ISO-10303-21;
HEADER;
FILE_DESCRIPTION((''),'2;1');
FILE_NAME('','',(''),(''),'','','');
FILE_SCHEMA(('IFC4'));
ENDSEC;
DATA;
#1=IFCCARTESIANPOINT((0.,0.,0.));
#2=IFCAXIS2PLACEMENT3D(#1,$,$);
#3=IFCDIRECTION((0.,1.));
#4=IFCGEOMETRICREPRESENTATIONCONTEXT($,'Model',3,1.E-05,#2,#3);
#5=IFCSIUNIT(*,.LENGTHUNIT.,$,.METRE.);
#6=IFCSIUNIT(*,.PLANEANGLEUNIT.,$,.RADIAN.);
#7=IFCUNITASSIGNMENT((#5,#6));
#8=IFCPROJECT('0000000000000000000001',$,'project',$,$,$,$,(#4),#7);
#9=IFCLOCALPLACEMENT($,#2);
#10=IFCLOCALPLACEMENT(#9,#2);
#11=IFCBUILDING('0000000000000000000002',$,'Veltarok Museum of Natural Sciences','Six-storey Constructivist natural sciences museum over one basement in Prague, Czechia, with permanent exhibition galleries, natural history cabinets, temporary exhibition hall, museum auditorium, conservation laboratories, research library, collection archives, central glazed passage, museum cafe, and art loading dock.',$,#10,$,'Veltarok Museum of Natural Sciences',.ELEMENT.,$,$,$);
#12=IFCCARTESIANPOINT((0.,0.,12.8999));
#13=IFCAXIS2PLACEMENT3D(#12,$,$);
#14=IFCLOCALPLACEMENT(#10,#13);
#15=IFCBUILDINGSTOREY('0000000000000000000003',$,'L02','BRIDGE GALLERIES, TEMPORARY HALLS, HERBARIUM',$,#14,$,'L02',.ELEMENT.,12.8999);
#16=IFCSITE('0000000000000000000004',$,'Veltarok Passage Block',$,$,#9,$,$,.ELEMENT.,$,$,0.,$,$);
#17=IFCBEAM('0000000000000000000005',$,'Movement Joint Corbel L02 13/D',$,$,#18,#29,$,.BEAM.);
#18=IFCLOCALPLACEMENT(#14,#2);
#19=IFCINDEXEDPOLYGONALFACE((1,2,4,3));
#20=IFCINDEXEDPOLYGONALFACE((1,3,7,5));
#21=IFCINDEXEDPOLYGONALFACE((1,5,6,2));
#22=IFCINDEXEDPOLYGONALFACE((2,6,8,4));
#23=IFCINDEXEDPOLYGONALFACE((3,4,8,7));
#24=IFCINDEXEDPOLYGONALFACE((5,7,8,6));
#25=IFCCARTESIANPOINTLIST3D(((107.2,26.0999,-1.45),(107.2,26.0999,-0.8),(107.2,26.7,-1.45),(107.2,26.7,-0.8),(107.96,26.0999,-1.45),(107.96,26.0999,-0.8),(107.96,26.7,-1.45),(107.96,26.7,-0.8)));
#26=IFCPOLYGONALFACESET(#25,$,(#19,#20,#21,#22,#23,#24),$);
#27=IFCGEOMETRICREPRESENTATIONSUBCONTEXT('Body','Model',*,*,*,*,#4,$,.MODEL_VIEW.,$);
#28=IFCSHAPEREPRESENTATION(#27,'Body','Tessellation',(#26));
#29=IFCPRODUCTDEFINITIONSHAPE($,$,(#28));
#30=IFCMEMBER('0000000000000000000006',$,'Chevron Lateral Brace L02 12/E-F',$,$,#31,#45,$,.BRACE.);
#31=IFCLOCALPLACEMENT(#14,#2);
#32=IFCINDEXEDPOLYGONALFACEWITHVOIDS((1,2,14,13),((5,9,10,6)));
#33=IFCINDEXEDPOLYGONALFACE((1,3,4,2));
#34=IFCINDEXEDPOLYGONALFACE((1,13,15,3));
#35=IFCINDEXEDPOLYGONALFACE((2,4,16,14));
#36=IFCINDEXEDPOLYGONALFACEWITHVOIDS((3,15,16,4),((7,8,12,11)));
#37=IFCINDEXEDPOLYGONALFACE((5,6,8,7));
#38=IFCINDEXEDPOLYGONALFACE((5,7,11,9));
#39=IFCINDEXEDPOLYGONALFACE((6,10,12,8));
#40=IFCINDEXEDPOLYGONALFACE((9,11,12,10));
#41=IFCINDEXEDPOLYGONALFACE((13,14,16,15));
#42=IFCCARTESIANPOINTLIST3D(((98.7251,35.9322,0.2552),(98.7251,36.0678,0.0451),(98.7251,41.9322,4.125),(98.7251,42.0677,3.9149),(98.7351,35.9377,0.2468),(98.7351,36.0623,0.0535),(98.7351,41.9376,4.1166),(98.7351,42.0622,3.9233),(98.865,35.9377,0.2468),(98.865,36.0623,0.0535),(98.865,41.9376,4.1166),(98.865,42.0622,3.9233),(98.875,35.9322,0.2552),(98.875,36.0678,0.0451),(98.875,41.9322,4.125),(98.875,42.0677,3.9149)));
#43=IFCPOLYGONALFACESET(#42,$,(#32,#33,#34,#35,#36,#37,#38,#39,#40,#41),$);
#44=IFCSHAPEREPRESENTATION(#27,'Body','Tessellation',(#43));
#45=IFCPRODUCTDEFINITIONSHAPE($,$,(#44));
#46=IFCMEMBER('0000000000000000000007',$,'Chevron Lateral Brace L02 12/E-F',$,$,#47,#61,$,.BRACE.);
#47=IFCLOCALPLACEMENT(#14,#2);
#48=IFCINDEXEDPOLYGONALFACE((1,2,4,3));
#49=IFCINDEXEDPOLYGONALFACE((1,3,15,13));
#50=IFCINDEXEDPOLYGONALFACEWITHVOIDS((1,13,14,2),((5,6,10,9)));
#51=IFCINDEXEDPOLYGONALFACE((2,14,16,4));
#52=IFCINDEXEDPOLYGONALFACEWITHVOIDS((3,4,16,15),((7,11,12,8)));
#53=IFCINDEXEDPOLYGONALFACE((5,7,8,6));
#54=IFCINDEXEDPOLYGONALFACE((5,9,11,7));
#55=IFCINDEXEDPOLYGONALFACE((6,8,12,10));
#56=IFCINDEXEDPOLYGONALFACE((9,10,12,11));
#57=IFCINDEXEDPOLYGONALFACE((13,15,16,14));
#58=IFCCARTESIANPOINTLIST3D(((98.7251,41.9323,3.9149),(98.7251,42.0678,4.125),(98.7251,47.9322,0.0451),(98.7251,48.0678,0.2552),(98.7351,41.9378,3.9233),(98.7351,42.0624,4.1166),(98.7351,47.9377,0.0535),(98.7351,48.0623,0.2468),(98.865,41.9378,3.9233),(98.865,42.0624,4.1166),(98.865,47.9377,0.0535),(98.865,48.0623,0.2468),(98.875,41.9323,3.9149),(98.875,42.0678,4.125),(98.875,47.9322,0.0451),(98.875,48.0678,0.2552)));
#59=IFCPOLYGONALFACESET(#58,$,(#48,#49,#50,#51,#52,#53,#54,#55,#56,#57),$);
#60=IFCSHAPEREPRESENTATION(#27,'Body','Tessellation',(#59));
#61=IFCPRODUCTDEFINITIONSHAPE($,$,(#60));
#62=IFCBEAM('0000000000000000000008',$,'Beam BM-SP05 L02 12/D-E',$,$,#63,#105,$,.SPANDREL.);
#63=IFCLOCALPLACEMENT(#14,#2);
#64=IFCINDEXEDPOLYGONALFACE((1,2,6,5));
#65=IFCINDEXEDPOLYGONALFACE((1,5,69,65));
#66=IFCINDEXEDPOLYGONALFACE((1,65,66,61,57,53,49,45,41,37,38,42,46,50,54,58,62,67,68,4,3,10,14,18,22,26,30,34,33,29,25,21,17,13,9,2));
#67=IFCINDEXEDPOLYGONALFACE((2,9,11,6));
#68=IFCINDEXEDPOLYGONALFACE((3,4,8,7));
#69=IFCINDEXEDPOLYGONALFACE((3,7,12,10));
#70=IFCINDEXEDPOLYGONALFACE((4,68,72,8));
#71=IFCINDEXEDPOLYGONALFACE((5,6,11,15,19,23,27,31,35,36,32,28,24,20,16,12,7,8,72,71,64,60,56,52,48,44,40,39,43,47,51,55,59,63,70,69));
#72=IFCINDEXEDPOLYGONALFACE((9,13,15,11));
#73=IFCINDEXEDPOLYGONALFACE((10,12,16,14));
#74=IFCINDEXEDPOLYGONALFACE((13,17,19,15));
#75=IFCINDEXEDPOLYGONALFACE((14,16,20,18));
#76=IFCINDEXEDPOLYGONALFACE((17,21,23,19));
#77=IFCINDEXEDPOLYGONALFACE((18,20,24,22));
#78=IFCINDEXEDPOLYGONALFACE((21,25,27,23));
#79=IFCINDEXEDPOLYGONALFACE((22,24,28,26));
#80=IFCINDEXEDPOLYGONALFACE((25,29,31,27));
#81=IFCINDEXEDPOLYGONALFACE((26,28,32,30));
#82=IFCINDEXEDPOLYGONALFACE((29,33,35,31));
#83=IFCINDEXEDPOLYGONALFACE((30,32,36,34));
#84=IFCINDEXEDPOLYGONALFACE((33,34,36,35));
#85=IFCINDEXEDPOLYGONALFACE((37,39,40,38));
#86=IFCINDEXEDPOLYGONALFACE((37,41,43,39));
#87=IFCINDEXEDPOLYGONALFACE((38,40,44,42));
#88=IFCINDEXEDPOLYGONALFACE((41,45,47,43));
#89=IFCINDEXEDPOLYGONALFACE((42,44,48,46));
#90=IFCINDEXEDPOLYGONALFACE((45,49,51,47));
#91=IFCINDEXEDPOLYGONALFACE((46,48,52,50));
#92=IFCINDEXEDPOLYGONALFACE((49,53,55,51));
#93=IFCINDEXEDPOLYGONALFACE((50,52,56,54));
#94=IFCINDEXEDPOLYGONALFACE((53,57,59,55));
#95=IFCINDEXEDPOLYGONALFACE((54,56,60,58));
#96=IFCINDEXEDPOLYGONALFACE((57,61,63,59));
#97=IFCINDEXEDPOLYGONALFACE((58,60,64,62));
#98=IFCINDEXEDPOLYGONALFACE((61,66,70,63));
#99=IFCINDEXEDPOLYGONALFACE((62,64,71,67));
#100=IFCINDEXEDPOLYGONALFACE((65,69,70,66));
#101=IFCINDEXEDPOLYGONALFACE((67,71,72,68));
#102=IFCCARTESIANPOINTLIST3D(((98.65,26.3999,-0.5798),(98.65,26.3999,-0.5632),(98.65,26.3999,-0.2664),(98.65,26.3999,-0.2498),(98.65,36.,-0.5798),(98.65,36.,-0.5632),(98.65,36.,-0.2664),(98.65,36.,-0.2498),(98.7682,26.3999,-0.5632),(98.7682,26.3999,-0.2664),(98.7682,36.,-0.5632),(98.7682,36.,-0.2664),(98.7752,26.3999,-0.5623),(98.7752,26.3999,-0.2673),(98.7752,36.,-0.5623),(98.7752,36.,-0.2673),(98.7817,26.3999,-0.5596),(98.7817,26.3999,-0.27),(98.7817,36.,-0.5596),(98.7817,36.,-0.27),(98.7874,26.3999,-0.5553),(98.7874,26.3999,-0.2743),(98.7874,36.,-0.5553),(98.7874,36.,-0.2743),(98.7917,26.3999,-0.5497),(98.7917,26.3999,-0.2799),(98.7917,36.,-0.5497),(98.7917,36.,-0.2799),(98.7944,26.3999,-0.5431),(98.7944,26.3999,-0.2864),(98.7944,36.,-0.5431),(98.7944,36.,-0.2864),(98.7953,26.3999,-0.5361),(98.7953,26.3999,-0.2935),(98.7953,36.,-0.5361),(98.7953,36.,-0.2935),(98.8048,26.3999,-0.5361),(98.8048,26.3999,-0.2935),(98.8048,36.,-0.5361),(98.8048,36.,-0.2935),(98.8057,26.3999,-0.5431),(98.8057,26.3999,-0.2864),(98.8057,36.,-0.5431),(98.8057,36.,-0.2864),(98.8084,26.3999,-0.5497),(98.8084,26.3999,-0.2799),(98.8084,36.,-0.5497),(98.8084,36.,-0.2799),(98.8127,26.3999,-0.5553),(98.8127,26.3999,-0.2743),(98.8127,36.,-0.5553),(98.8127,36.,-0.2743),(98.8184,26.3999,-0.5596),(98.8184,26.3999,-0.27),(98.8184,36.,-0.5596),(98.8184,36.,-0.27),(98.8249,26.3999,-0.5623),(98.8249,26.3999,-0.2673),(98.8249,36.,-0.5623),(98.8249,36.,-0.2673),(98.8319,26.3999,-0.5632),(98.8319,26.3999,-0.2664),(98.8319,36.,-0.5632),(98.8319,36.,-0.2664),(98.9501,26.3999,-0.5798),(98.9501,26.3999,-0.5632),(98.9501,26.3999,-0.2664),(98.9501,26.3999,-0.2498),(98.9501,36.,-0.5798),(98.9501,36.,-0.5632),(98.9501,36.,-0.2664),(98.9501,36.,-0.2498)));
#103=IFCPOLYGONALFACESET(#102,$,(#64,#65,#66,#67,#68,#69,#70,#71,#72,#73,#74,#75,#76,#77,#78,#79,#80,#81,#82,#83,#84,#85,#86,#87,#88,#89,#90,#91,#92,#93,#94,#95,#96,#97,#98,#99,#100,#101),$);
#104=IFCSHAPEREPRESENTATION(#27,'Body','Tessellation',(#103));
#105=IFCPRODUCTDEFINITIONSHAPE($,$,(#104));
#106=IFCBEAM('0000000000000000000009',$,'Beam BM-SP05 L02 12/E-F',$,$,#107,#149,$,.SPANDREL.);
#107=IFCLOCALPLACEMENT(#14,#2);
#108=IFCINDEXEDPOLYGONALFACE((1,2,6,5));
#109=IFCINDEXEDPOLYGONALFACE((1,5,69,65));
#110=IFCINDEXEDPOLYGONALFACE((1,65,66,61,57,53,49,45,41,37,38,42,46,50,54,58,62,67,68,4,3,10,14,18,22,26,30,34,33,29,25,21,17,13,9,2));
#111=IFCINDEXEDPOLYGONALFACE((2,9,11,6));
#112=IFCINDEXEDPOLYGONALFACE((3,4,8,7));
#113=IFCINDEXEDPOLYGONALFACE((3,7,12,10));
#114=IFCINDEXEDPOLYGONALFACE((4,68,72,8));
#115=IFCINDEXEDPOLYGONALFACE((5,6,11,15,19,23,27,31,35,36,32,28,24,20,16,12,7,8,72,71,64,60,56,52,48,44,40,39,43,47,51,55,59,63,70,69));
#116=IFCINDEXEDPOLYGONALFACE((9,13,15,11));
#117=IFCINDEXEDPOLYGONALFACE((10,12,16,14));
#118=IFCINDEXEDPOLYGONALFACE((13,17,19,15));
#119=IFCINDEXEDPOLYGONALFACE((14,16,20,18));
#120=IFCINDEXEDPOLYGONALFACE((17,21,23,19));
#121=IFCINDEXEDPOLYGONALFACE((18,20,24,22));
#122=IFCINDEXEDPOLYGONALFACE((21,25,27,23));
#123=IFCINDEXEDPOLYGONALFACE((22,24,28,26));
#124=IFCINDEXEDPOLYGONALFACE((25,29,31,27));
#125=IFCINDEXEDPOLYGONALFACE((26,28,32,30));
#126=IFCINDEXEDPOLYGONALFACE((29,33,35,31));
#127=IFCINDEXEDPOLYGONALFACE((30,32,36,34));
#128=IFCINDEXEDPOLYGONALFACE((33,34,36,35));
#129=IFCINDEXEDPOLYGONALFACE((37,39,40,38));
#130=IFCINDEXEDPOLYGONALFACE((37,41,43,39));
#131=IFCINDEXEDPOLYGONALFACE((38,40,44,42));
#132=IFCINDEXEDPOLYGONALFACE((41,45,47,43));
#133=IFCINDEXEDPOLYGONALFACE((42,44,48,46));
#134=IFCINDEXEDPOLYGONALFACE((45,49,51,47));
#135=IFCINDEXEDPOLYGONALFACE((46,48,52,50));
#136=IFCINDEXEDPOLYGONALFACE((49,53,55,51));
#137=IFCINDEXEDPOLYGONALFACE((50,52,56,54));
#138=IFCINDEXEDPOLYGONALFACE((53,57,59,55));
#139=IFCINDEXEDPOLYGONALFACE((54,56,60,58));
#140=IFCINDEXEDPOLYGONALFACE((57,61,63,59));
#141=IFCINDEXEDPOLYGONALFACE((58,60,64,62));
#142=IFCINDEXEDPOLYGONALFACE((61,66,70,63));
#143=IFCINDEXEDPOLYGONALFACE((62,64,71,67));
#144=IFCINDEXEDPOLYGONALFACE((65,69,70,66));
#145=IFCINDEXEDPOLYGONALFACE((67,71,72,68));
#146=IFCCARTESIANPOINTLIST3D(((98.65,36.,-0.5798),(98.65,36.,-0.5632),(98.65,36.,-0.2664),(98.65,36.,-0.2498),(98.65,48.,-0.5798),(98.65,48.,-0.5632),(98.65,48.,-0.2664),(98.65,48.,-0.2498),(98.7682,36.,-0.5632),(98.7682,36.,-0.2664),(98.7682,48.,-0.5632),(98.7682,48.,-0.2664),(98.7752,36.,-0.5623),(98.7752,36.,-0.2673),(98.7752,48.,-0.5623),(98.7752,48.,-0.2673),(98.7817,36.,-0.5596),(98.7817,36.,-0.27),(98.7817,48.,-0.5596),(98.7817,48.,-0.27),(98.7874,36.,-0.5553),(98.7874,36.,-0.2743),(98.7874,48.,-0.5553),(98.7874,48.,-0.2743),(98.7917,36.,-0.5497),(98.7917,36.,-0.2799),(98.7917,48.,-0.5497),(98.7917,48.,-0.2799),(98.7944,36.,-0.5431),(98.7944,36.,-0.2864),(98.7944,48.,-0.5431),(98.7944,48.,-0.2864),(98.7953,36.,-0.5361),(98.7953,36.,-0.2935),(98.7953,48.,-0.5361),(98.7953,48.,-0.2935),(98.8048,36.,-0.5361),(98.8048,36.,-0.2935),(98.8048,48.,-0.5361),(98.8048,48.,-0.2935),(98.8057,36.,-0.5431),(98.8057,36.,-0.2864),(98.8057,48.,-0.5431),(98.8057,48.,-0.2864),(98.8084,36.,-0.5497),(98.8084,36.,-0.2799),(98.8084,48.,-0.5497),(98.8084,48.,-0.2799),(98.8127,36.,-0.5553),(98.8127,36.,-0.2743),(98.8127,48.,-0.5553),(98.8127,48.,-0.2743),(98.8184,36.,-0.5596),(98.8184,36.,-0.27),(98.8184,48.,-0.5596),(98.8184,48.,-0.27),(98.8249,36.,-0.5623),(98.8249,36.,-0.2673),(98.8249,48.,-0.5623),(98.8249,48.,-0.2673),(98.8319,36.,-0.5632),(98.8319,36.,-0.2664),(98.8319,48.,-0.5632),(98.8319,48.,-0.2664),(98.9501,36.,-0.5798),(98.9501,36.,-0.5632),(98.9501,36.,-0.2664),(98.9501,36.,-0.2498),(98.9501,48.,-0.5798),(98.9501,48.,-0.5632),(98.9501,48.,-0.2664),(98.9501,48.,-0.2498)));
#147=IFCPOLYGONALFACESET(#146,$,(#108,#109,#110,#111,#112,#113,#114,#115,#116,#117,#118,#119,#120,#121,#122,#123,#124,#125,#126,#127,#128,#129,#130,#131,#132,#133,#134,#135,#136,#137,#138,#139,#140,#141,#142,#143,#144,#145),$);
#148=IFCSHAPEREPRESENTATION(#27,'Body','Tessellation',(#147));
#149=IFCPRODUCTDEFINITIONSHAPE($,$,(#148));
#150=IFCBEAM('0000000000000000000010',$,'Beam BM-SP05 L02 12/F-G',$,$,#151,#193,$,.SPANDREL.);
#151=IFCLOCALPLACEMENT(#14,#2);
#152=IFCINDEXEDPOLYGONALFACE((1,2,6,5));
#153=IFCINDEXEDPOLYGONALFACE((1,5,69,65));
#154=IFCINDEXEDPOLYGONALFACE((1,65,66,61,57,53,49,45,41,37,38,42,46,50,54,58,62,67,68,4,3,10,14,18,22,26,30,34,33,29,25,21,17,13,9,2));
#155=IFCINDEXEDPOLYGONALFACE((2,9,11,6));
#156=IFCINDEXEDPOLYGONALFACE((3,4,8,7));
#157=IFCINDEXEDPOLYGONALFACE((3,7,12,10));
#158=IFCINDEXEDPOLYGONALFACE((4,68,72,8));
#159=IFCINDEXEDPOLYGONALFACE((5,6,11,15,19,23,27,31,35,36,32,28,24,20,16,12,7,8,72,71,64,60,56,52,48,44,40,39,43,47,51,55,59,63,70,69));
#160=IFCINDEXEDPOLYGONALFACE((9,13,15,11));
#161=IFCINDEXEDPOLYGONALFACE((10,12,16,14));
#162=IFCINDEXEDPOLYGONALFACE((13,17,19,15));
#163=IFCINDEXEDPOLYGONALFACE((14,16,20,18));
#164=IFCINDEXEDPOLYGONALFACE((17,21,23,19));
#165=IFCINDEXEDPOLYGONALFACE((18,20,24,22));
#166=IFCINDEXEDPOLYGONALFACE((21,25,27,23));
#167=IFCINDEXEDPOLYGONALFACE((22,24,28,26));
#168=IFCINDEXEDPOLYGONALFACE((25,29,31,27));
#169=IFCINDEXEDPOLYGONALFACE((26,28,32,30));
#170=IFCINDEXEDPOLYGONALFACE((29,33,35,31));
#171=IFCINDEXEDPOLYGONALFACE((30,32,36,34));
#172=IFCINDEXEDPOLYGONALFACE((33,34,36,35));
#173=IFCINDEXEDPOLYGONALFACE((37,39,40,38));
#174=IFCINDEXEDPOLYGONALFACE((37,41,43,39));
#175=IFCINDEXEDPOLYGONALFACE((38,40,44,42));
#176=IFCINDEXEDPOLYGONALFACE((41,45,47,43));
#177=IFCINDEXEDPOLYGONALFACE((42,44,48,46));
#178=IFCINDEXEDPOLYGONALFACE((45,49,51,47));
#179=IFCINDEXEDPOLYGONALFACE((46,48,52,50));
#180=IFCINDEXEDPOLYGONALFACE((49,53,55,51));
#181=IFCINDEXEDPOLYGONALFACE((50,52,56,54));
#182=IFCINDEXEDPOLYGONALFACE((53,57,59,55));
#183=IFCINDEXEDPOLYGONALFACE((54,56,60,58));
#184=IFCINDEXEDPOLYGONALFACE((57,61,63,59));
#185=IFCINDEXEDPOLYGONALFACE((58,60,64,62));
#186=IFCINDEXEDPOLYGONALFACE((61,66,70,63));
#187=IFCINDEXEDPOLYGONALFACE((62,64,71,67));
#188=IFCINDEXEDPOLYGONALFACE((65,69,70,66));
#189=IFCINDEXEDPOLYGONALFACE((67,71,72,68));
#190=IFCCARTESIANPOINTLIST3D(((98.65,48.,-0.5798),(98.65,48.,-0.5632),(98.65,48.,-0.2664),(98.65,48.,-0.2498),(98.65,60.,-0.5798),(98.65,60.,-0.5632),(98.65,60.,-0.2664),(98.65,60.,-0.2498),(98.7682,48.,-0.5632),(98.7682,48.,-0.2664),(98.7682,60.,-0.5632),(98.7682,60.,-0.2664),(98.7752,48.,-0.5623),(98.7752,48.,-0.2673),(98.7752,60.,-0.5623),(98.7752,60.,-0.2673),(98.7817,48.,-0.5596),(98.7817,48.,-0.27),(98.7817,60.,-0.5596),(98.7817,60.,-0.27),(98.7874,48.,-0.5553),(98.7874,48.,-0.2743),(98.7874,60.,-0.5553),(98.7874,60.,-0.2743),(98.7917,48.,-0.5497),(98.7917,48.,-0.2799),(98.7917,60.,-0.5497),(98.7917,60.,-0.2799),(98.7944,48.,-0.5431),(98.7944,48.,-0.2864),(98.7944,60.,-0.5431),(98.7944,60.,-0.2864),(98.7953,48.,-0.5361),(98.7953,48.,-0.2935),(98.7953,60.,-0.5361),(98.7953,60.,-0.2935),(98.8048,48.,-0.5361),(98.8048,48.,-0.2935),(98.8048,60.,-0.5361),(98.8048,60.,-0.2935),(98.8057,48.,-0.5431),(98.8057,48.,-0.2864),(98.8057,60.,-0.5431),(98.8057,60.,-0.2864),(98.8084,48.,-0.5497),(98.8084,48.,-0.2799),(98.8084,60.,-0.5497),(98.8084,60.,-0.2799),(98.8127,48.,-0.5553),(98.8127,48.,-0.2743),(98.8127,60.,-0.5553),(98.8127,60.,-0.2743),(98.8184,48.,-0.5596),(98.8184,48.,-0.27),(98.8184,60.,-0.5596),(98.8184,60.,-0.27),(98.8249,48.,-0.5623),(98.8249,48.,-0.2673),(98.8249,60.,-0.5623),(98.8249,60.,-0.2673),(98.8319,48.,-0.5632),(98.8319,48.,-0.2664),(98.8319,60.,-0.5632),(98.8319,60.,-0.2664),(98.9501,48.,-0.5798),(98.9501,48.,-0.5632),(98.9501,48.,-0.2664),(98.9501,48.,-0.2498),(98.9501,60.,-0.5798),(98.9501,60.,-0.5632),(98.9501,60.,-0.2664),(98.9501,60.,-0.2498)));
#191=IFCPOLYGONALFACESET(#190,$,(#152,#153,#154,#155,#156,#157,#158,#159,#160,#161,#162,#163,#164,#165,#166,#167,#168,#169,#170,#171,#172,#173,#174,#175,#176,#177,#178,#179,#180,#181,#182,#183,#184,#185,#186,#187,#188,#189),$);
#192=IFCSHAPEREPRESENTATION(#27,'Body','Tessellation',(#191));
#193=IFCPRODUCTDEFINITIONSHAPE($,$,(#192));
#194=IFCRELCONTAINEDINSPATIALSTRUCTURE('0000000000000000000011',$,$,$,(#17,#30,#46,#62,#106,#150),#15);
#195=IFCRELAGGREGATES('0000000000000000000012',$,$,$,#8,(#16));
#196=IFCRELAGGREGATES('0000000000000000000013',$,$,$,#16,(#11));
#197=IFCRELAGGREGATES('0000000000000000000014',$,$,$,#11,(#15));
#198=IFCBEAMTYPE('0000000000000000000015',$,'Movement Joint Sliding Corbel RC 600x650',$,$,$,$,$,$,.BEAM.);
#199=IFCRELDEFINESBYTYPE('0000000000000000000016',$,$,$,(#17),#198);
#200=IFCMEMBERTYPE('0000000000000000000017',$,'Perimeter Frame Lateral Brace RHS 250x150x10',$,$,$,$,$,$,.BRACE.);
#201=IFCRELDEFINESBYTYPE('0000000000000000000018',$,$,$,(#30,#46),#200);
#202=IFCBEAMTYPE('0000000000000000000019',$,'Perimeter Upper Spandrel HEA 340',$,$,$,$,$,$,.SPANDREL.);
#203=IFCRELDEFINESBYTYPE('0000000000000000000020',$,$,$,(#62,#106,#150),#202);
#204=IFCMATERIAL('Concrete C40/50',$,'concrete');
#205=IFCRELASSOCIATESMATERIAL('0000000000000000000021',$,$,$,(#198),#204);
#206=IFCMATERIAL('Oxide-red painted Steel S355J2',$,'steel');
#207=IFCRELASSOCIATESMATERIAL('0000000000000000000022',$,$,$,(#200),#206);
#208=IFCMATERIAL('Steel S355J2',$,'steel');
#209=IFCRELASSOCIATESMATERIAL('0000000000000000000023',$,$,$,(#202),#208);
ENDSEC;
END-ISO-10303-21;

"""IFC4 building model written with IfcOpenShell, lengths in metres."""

from ifc_helpers import new_model, si_unit, direction, frame, origin, origin_2d, place, context, subcontext, project, spatial, rectangle, hollow_rectangle, i_section, extrude, material, material_profile, profile_set, type_object, element, save


model = new_model("IFC4")

# Units and contexts
model_context = context("Model", 3, precision=1e-05, world=origin(), true_north=direction((0.0, 1.0)))
body_context = subcontext(model_context, "Body", "Model", "MODEL_VIEW")
ifc_project = project(units=[si_unit("LENGTHUNIT", "METRE"), si_unit("PLANEANGLEUNIT", "RADIAN")], contexts=[model_context])

# Site, building, storey
site_placement = place(None, origin())
site = spatial("IfcSite", under=ifc_project, at=site_placement, Name="Veltarok Passage Block", CompositionType="ELEMENT", RefElevation=0.0)
building_placement = place(site_placement, origin())
building = spatial("IfcBuilding", under=site, at=building_placement, Name="Veltarok Museum of Natural Sciences", Description="Six-storey Constructivist natural sciences museum over one basement in Prague, Czechia, with permanent exhibition galleries, natural history cabinets, temporary exhibition hall, museum auditorium, conservation laboratories, research library, collection archives, central glazed passage, museum cafe, and art loading dock.", LongName="Veltarok Museum of Natural Sciences", CompositionType="ELEMENT")
storey_placement = place(building_placement, frame((0.0, 0.0, 12.8999)))
storey = spatial("IfcBuildingStorey", under=building, at=storey_placement, Name="L02", Description="BRIDGE GALLERIES, TEMPORARY HALLS, HERBARIUM", LongName="L02", CompositionType="ELEMENT", Elevation=12.8999)

# Shared definitions
ifc_material_1 = material(Name="Steel S355J2", Category="steel")

# Beam
ifc_material_2 = material(Name="Concrete C40/50", Category="concrete")
ifc_material_profile_1 = material_profile(ifc_material_2, rectangle(XDim=0.6001, YDim=0.6499, at=origin_2d()), Name="RC 600x650")
ifc_profile_set_1 = profile_set([ifc_material_profile_1], Name="Concrete C40/50")
beam_type_1 = type_object("IfcBeamType", Name="Movement Joint Sliding Corbel RC 600x650", PredefinedType="BEAM", material=ifc_profile_set_1)
beam_1_placement = place(storey_placement, frame((107.2, 26.3999, -1.125), z_axis=(1.0, 0.0, 0.0), x_axis=(0.0, 1.0, 0.0)))
element("IfcBeam", 1, at=beam_1_placement, inside=storey, type_object=beam_type_1, Name="Movement Joint Corbel L02 13/D", PredefinedType="BEAM", context=body_context, shape_type="SweptSolid", body=[
    extrude(rectangle(XDim=0.6001, YDim=0.6499, at=origin_2d()), origin(), (0.0, 0.0, 1.0), 0.76),
])

# Members
ifc_material_3 = material(Name="Oxide-red painted Steel S355J2", Category="steel")
ifc_material_profile_2 = material_profile(ifc_material_3, hollow_rectangle(XDim=0.1499, YDim=0.25, WallThickness=0.01, at=origin_2d()), Name="RHS 250x150x10")
ifc_profile_set_2 = profile_set([ifc_material_profile_2], Name="Oxide-red painted Steel S355J2")
member_type_1 = type_object("IfcMemberType", Name="Perimeter Frame Lateral Brace RHS 250x150x10", PredefinedType="BRACE", material=ifc_profile_set_2)
for number, where, z_axis, x_axis, name in (
    (2, (98.8, 36.0, 0.1501), (0.0, 0.840366, 0.542019), (-1.0, 0.0, 0.0), "Chevron Lateral Brace L02 12/E-F"),
    (3, (98.8, 48.0, 0.1501), (0.0, -0.840366, 0.542019), (1.0, 0.0, 0.0), "Chevron Lateral Brace L02 12/E-F"),
):
    element("IfcMember", number, at=place(storey_placement, frame(where, z_axis=z_axis, x_axis=x_axis)), inside=storey, type_object=member_type_1, Name=name, PredefinedType="BRACE", context=body_context, shape_type="SweptSolid", body=[
        extrude(hollow_rectangle(XDim=0.1499, YDim=0.25, WallThickness=0.01, at=origin_2d()), origin(), (0.0, 0.0, 1.0), 7.1396),
    ])

# Beams
ifc_material_profile_3 = material_profile(ifc_material_1, i_section(OverallWidth=0.3, OverallDepth=0.3301, WebThickness=0.0095, FlangeThickness=0.0166, FilletRadius=0.0271, at=origin_2d()), Name="HEA 340")
ifc_profile_set_3 = profile_set([ifc_material_profile_3], Name="Steel S355J2")
beam_type_2 = type_object("IfcBeamType", Name="Perimeter Upper Spandrel HEA 340", PredefinedType="SPANDREL", material=ifc_profile_set_3)
beam_2_placement = place(storey_placement, frame((98.8, 26.3999, -0.4148), z_axis=(0.0, 1.0, 0.0), x_axis=(-1.0, 0.0, 0.0)))
element("IfcBeam", 4, at=beam_2_placement, inside=storey, type_object=beam_type_2, Name="Beam BM-SP05 L02 12/D-E", PredefinedType="SPANDREL", context=body_context, shape_type="SweptSolid", body=[
    extrude(i_section(OverallWidth=0.3, OverallDepth=0.3301, WebThickness=0.0095, FlangeThickness=0.0166, FilletRadius=0.0271, at=origin_2d()), origin(), (0.0, 0.0, 1.0), 9.6001),
])
for number, where, z_axis, x_axis, name in (
    (5, (98.8, 36.0, -0.4148), (0.0, 1.0, 0.0), (-1.0, 0.0, 0.0), "Beam BM-SP05 L02 12/E-F"),
    (6, (98.8, 48.0, -0.4148), (0.0, 1.0, 0.0), (-1.0, 0.0, 0.0), "Beam BM-SP05 L02 12/F-G"),
):
    element("IfcBeam", number, at=place(storey_placement, frame(where, z_axis=z_axis, x_axis=x_axis)), inside=storey, type_object=beam_type_2, Name=name, PredefinedType="SPANDREL", context=body_context, shape_type="SweptSolid", body=[
        extrude(i_section(OverallWidth=0.3, OverallDepth=0.3301, WebThickness=0.0095, FlangeThickness=0.0166, FilletRadius=0.0271, at=origin_2d()), origin(), (0.0, 0.0, 1.0), 12.0),
    ])

save(model, "model.ifc")
